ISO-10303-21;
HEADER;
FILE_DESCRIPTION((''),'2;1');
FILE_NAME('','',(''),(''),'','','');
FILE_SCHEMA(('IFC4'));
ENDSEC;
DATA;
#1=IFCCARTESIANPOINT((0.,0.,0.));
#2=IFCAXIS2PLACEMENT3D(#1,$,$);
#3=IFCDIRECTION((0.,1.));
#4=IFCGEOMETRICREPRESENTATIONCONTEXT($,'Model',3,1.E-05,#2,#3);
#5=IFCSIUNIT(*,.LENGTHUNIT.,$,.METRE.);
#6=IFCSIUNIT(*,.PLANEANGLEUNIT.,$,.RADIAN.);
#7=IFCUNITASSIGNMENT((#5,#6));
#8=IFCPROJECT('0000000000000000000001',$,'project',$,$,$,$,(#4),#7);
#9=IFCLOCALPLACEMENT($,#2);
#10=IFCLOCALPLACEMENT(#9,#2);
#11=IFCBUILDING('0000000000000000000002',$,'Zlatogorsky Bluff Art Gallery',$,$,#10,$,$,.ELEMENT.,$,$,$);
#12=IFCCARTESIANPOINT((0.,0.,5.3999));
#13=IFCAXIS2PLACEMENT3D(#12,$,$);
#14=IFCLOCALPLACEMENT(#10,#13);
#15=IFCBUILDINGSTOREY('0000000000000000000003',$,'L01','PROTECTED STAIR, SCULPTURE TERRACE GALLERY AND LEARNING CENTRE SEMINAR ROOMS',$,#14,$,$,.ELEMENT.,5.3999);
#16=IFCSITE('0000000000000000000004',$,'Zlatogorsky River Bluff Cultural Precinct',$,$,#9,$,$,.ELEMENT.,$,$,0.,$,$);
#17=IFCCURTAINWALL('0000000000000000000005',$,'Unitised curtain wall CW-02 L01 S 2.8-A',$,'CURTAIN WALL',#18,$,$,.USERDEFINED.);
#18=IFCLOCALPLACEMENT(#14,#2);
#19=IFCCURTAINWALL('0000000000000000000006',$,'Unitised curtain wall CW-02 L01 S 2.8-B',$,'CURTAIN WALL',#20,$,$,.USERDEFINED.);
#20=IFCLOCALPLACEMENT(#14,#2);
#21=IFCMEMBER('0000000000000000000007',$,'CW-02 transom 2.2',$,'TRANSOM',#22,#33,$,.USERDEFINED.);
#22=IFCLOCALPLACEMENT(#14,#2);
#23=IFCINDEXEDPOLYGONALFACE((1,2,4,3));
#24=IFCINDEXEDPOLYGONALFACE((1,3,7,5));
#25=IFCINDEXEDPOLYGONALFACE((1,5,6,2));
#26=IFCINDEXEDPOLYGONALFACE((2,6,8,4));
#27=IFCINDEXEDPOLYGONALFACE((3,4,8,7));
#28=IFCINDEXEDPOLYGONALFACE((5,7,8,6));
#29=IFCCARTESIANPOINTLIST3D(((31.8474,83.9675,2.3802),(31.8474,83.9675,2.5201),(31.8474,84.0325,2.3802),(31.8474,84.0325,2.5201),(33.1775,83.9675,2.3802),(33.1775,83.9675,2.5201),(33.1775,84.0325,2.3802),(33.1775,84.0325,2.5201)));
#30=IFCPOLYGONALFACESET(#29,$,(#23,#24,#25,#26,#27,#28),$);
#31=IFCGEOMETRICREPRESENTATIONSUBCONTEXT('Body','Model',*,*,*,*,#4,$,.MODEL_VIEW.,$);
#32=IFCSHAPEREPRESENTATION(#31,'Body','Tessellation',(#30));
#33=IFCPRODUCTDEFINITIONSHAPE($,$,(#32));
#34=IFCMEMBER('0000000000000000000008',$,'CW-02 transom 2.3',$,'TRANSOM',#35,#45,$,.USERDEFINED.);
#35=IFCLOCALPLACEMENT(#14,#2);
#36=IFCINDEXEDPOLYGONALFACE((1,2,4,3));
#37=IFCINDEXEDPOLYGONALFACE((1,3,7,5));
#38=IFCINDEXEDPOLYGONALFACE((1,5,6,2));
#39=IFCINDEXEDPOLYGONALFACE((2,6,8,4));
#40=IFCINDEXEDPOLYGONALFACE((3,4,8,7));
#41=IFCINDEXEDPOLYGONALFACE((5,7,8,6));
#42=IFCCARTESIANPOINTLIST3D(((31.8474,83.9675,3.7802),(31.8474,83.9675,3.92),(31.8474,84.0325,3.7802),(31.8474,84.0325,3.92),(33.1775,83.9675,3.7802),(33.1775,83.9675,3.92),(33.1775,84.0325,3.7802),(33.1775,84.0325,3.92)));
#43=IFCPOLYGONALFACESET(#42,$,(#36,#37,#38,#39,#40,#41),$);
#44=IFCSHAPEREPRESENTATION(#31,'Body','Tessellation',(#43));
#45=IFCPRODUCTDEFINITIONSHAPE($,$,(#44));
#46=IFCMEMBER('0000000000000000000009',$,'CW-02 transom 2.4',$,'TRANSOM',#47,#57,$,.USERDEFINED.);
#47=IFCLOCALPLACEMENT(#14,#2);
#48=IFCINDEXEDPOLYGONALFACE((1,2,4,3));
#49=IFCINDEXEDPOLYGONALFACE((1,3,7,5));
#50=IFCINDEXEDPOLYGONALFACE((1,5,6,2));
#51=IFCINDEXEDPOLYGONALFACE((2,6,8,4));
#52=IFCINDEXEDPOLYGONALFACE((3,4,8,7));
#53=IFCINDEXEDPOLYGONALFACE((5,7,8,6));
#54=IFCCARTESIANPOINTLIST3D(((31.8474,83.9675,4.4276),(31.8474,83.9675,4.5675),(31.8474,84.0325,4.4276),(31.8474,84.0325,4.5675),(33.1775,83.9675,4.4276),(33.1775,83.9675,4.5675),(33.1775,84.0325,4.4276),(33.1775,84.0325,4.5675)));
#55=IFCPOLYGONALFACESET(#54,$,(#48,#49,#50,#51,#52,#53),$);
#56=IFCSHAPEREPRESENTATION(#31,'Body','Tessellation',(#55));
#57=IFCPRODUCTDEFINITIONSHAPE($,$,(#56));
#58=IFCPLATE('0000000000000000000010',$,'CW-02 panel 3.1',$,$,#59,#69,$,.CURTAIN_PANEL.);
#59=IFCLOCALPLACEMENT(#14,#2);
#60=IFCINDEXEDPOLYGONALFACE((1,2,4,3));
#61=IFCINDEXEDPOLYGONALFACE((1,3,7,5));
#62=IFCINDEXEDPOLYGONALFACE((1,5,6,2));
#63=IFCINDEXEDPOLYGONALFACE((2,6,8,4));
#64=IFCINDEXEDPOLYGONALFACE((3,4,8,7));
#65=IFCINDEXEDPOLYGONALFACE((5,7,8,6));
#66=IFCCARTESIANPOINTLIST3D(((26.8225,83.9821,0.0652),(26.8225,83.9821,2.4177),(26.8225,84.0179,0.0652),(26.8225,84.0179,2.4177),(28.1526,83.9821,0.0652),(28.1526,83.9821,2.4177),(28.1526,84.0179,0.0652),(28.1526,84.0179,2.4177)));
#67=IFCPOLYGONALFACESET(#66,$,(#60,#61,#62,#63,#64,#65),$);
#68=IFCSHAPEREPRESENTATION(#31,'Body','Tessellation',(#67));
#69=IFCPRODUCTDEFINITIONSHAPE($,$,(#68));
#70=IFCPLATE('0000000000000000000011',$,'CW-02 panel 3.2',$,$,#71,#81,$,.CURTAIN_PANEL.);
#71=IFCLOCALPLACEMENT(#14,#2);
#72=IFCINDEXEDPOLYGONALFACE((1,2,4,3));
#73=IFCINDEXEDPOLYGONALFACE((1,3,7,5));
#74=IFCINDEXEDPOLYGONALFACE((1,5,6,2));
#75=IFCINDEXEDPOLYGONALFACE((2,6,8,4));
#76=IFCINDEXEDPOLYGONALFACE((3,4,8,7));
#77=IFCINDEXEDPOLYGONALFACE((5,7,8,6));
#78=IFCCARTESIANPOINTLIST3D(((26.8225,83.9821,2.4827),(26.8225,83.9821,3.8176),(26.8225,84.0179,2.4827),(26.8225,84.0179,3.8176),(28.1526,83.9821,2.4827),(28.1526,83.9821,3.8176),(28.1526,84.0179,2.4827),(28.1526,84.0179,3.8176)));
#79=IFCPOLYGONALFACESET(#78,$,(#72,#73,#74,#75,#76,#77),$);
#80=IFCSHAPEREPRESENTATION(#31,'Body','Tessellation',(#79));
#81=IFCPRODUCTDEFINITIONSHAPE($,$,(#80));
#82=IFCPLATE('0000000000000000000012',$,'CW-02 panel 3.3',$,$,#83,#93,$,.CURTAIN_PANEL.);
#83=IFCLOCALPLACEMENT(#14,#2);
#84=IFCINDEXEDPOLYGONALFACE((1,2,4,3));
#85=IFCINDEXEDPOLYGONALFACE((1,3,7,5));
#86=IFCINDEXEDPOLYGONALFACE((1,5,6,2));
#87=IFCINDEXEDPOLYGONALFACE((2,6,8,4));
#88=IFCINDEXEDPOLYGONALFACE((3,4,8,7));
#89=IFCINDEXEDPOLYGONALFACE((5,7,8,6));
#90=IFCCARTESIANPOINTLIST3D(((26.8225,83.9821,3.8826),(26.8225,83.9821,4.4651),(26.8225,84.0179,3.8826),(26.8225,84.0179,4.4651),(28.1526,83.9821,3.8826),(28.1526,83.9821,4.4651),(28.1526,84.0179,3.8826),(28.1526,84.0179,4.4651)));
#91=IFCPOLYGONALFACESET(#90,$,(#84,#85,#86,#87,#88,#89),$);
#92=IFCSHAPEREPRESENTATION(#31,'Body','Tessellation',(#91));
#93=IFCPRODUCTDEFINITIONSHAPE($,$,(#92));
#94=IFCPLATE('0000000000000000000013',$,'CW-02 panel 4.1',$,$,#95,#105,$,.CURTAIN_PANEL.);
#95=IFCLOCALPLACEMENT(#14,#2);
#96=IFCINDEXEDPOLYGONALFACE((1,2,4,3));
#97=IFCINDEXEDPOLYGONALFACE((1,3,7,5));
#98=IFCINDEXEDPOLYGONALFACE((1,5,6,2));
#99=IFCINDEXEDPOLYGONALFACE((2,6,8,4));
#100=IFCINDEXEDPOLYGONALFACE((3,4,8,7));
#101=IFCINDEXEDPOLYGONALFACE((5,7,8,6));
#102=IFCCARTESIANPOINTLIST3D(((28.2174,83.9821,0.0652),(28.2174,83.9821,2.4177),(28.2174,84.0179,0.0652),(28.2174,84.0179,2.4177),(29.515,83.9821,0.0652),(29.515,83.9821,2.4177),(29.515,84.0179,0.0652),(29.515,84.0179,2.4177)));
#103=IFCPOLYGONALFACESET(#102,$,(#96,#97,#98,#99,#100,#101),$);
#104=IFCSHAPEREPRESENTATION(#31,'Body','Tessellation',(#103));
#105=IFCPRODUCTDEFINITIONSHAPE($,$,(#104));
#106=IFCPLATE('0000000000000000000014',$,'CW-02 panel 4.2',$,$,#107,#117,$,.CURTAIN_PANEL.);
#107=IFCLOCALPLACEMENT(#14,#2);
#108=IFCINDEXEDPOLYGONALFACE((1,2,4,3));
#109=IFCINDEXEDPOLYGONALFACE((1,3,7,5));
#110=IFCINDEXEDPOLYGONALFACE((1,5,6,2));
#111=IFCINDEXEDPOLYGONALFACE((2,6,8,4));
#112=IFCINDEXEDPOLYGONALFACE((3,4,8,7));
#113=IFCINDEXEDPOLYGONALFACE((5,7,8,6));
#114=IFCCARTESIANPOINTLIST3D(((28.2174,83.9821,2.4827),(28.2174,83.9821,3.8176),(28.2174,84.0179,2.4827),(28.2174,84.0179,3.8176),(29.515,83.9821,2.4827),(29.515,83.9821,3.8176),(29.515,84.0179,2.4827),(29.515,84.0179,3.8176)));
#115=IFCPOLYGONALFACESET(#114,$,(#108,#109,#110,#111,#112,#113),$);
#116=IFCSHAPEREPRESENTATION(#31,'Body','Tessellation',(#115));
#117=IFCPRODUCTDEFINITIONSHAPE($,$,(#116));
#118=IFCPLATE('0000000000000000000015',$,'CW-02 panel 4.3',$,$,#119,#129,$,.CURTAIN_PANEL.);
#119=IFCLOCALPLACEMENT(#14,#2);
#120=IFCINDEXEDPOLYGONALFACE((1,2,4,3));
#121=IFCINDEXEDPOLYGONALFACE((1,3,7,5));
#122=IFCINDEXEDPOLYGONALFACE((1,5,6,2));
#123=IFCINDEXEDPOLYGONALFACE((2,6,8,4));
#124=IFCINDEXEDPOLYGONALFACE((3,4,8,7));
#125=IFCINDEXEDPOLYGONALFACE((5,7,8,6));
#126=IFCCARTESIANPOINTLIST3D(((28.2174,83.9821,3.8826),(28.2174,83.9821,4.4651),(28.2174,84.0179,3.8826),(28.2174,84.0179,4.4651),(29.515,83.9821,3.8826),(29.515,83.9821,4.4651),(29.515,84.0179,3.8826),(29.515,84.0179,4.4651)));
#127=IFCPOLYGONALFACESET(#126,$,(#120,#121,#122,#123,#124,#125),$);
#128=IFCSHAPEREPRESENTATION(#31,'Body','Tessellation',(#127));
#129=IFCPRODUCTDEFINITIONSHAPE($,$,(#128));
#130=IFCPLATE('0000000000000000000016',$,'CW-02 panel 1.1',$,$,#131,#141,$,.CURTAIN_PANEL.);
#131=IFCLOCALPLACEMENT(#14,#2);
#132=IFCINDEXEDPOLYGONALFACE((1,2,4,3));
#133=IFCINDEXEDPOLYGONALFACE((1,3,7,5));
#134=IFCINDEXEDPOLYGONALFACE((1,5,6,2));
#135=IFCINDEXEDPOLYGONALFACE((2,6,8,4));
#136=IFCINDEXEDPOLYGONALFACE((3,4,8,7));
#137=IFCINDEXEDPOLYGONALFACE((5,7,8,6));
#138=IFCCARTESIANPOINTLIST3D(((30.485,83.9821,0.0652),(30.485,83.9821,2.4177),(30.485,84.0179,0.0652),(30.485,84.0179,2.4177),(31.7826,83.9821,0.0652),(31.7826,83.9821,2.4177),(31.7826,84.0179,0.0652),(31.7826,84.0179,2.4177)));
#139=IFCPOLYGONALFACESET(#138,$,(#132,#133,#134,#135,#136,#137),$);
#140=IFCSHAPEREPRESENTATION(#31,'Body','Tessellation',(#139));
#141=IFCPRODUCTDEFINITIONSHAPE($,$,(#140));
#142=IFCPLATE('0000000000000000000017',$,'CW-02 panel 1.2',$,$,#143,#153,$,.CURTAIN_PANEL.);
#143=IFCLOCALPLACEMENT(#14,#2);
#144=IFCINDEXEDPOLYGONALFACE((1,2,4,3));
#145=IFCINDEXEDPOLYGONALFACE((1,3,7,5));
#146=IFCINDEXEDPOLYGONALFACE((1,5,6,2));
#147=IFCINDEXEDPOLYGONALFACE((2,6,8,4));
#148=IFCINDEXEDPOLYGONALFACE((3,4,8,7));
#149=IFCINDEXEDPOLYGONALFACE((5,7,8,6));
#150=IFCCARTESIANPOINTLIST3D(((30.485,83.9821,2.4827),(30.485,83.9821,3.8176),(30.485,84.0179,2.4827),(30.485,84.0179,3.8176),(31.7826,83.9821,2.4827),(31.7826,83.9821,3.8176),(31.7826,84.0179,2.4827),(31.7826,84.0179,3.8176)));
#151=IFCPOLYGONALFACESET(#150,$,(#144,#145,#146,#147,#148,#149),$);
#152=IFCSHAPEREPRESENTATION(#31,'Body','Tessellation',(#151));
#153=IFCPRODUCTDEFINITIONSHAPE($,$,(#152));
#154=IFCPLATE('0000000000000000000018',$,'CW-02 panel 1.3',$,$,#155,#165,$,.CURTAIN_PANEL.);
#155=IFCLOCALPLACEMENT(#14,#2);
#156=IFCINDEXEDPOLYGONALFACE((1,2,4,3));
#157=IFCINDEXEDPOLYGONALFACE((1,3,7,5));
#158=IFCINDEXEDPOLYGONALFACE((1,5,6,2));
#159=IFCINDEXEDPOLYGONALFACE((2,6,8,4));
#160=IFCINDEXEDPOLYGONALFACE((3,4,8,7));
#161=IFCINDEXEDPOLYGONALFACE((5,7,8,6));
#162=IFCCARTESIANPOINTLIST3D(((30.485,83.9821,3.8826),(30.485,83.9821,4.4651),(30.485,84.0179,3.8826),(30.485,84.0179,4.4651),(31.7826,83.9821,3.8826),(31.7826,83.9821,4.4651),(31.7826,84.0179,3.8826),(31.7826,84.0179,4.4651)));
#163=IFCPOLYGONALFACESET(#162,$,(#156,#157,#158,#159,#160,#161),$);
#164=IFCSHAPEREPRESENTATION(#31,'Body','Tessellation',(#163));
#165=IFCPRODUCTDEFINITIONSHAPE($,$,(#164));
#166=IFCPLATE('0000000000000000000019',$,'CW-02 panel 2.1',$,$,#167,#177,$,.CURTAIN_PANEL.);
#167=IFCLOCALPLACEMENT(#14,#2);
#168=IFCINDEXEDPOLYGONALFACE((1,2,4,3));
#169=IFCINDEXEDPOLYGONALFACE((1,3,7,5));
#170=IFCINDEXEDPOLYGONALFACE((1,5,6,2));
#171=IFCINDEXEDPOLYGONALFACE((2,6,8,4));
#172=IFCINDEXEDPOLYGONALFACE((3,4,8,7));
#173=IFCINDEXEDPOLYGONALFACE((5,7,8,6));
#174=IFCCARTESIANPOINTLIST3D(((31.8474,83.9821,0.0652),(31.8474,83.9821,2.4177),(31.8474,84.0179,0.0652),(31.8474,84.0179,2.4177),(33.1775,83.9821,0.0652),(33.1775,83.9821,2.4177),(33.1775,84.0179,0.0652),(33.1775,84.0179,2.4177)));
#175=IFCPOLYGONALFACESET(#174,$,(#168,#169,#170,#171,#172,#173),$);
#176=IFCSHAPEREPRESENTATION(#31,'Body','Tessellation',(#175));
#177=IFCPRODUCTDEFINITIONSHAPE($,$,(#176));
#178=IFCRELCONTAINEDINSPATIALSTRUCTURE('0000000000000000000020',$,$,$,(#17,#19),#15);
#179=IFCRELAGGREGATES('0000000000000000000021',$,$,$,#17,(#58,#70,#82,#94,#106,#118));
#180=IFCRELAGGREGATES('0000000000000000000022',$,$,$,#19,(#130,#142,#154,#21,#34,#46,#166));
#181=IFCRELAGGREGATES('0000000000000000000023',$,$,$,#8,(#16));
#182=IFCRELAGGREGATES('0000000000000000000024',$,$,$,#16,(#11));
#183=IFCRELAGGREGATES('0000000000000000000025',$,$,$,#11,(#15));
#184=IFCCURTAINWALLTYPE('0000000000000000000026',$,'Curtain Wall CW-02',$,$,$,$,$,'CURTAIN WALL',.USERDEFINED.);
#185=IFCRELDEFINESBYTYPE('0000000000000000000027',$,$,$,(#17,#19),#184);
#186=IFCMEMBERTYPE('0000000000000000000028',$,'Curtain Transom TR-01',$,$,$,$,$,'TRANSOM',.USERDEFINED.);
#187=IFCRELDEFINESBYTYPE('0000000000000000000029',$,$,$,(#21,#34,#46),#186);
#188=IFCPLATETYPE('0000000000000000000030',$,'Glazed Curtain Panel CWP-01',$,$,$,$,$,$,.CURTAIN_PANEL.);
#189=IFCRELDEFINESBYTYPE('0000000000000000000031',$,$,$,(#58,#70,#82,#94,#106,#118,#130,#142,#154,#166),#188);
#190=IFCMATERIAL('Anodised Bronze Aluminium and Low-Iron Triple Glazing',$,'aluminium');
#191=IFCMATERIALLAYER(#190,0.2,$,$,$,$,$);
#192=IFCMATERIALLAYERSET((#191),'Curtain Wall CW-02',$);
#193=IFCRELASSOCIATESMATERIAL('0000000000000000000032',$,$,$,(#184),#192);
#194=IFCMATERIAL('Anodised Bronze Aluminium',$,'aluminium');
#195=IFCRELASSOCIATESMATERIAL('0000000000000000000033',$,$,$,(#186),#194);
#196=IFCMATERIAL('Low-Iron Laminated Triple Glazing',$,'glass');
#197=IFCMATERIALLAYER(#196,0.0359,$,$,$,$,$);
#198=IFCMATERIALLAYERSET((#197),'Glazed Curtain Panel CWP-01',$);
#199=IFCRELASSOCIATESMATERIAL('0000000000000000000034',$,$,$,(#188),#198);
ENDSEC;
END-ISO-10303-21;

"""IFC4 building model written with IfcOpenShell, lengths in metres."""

from ifc_helpers import new_model, si_unit, direction, frame, origin, origin_2d, place, context, subcontext, project, spatial, rectangle, extrude, material, layer, layer_set, material_profile, profile_set, type_object, element, aggregate, save


model = new_model("IFC4")

# Units and contexts
model_context = context("Model", 3, precision=1e-05, world=origin(), true_north=direction((0.0, 1.0)))
body_context = subcontext(model_context, "Body", "Model", "MODEL_VIEW")
ifc_project = project(units=[si_unit("LENGTHUNIT", "METRE"), si_unit("PLANEANGLEUNIT", "RADIAN")], contexts=[model_context])

# Site, building, storey
site_placement = place(None, origin())
site = spatial("IfcSite", under=ifc_project, at=site_placement, Name="Zlatogorsky River Bluff Cultural Precinct", CompositionType="ELEMENT", RefElevation=0.0)
building_placement = place(site_placement, origin())
building = spatial("IfcBuilding", under=site, at=building_placement, Name="Zlatogorsky Bluff Art Gallery", CompositionType="ELEMENT")
storey_placement = place(building_placement, frame((0.0, 0.0, 5.3999)))
storey = spatial("IfcBuildingStorey", under=building, at=storey_placement, Name="L01", Description="PROTECTED STAIR, SCULPTURE TERRACE GALLERY AND LEARNING CENTRE SEMINAR ROOMS", CompositionType="ELEMENT", Elevation=5.3999)

# Curtain walls
ifc_material_1 = material(Name="Anodised Bronze Aluminium and Low-Iron Triple Glazing", Category="aluminium")
ifc_layer_1 = layer(ifc_material_1, 0.2)
ifc_layer_set_1 = layer_set([ifc_layer_1], Name="Curtain Wall CW-02")
curtain_wall_type = type_object("IfcCurtainWallType", Name="Curtain Wall CW-02", ElementType="CURTAIN WALL", PredefinedType="USERDEFINED", material=ifc_layer_set_1)
curtain_wall_1_placement = place(storey_placement, origin())
curtain_wall_1 = element("IfcCurtainWall", 1, at=curtain_wall_1_placement, inside=storey, type_object=curtain_wall_type, Name="Unitised curtain wall CW-02 L01 S 2.8-A", ObjectType="CURTAIN WALL", PredefinedType="USERDEFINED")
ifc_material_2 = material(Name="Anodised Bronze Aluminium", Category="aluminium")
curtain_wall_2_placement = place(storey_placement, origin())
curtain_wall_2 = element("IfcCurtainWall", 2, at=curtain_wall_2_placement, inside=storey, type_object=curtain_wall_type, Name="Unitised curtain wall CW-02 L01 S 2.8-B", ObjectType="CURTAIN WALL", PredefinedType="USERDEFINED")

# Members
ifc_material_profile_1 = material_profile(ifc_material_2, rectangle(XDim=0.0649, YDim=0.1399, at=origin_2d()), Name="ALU TRANSOM 65x140")
ifc_profile_set_1 = profile_set([ifc_material_profile_1], Name="Anodised Bronze Aluminium")
member_type_1 = type_object("IfcMemberType", Name="Curtain Transom TR-01", ElementType="TRANSOM", PredefinedType="USERDEFINED", material=ifc_profile_set_1)
member_1_placement = place(storey_placement, frame((31.8474, 84.0, 2.4502), z_axis=(1.0, 0.0, 0.0), x_axis=(0.0, 1.0, 0.0)))
member_1 = element("IfcMember", 3, at=member_1_placement, type_object=member_type_1, Name="CW-02 transom 2.2", ObjectType="TRANSOM", PredefinedType="USERDEFINED", context=body_context, shape_type="SweptSolid", body=[
    extrude(rectangle(XDim=0.0649, YDim=0.1399, at=origin_2d()), origin(), (0.0, 0.0, 1.0), 1.3301),
])
member_2_placement = place(storey_placement, frame((31.8474, 84.0, 3.8501), z_axis=(1.0, 0.0, 0.0), x_axis=(0.0, 1.0, 0.0)))
member_2 = element("IfcMember", 4, at=member_2_placement, type_object=member_type_1, Name="CW-02 transom 2.3", ObjectType="TRANSOM", PredefinedType="USERDEFINED", context=body_context, shape_type="SweptSolid", body=[
    extrude(rectangle(XDim=0.0649, YDim=0.1399, at=origin_2d()), origin(), (0.0, 0.0, 1.0), 1.3301),
])
member_3_placement = place(storey_placement, frame((31.8474, 84.0, 4.4976), z_axis=(1.0, 0.0, 0.0), x_axis=(0.0, 1.0, 0.0)))
member_3 = element("IfcMember", 5, at=member_3_placement, type_object=member_type_1, Name="CW-02 transom 2.4", ObjectType="TRANSOM", PredefinedType="USERDEFINED", context=body_context, shape_type="SweptSolid", body=[
    extrude(rectangle(XDim=0.0649, YDim=0.1399, at=origin_2d()), origin(), (0.0, 0.0, 1.0), 1.3301),
])

# Plates
ifc_material_3 = material(Name="Low-Iron Laminated Triple Glazing", Category="glass")
ifc_layer_2 = layer(ifc_material_3, 0.0359)
ifc_layer_set_2 = layer_set([ifc_layer_2], Name="Glazed Curtain Panel CWP-01")
plate_type = type_object("IfcPlateType", Name="Glazed Curtain Panel CWP-01", PredefinedType="CURTAIN_PANEL", material=ifc_layer_set_2)
plate_1_placement = place(storey_placement, frame((27.4875, 84.0, 0.0652), z_axis=(0.0, 0.0, 1.0), x_axis=(1.0, 0.0, 0.0)))
plate_1 = element("IfcPlate", 6, at=plate_1_placement, type_object=plate_type, Name="CW-02 panel 3.1", PredefinedType="CURTAIN_PANEL", context=body_context, shape_type="SweptSolid", body=[
    extrude(rectangle(XDim=1.3301, YDim=0.0359, at=origin_2d()), origin(), (0.0, 0.0, 1.0), 2.3525),
])
plate_2_placement = place(storey_placement, frame((27.4875, 84.0, 2.4827), z_axis=(0.0, 0.0, 1.0), x_axis=(1.0, 0.0, 0.0)))
plate_2 = element("IfcPlate", 7, at=plate_2_placement, type_object=plate_type, Name="CW-02 panel 3.2", PredefinedType="CURTAIN_PANEL", context=body_context, shape_type="SweptSolid", body=[
    extrude(rectangle(XDim=1.3301, YDim=0.0359, at=origin_2d()), origin(), (0.0, 0.0, 1.0), 1.335),
])
plate_3_placement = place(storey_placement, frame((27.4875, 84.0, 3.8826), z_axis=(0.0, 0.0, 1.0), x_axis=(1.0, 0.0, 0.0)))
plate_3 = element("IfcPlate", 8, at=plate_3_placement, type_object=plate_type, Name="CW-02 panel 3.3", PredefinedType="CURTAIN_PANEL", context=body_context, shape_type="SweptSolid", body=[
    extrude(rectangle(XDim=1.3301, YDim=0.0359, at=origin_2d()), origin(), (0.0, 0.0, 1.0), 0.5825),
])
plate_4_placement = place(storey_placement, frame((28.8662, 84.0, 0.0652), z_axis=(0.0, 0.0, 1.0), x_axis=(1.0, 0.0, 0.0)))
plate_4 = element("IfcPlate", 9, at=plate_4_placement, type_object=plate_type, Name="CW-02 panel 4.1", PredefinedType="CURTAIN_PANEL", context=body_context, shape_type="SweptSolid", body=[
    extrude(rectangle(XDim=1.2976, YDim=0.0359, at=origin_2d()), origin(), (0.0, 0.0, 1.0), 2.3525),
])
plate_5_placement = place(storey_placement, frame((28.8662, 84.0, 2.4827), z_axis=(0.0, 0.0, 1.0), x_axis=(1.0, 0.0, 0.0)))
plate_5 = element("IfcPlate", 10, at=plate_5_placement, type_object=plate_type, Name="CW-02 panel 4.2", PredefinedType="CURTAIN_PANEL", context=body_context, shape_type="SweptSolid", body=[
    extrude(rectangle(XDim=1.2976, YDim=0.0359, at=origin_2d()), origin(), (0.0, 0.0, 1.0), 1.335),
])
plate_6_placement = place(storey_placement, frame((28.8662, 84.0, 3.8826), z_axis=(0.0, 0.0, 1.0), x_axis=(1.0, 0.0, 0.0)))
plate_6 = element("IfcPlate", 11, at=plate_6_placement, type_object=plate_type, Name="CW-02 panel 4.3", PredefinedType="CURTAIN_PANEL", context=body_context, shape_type="SweptSolid", body=[
    extrude(rectangle(XDim=1.2976, YDim=0.0359, at=origin_2d()), origin(), (0.0, 0.0, 1.0), 0.5825),
])
aggregate(curtain_wall_1, [plate_1, plate_2, plate_3, plate_4, plate_5, plate_6])
plate_7_placement = place(storey_placement, frame((31.1338, 84.0, 0.0652), z_axis=(0.0, 0.0, 1.0), x_axis=(1.0, 0.0, 0.0)))
plate_7 = element("IfcPlate", 12, at=plate_7_placement, type_object=plate_type, Name="CW-02 panel 1.1", PredefinedType="CURTAIN_PANEL", context=body_context, shape_type="SweptSolid", body=[
    extrude(rectangle(XDim=1.2976, YDim=0.0359, at=origin_2d()), origin(), (0.0, 0.0, 1.0), 2.3525),
])
plate_8_placement = place(storey_placement, frame((31.1338, 84.0, 2.4827), z_axis=(0.0, 0.0, 1.0), x_axis=(1.0, 0.0, 0.0)))
plate_8 = element("IfcPlate", 13, at=plate_8_placement, type_object=plate_type, Name="CW-02 panel 1.2", PredefinedType="CURTAIN_PANEL", context=body_context, shape_type="SweptSolid", body=[
    extrude(rectangle(XDim=1.2976, YDim=0.0359, at=origin_2d()), origin(), (0.0, 0.0, 1.0), 1.335),
])
plate_9_placement = place(storey_placement, frame((31.1338, 84.0, 3.8826), z_axis=(0.0, 0.0, 1.0), x_axis=(1.0, 0.0, 0.0)))
plate_9 = element("IfcPlate", 14, at=plate_9_placement, type_object=plate_type, Name="CW-02 panel 1.3", PredefinedType="CURTAIN_PANEL", context=body_context, shape_type="SweptSolid", body=[
    extrude(rectangle(XDim=1.2976, YDim=0.0359, at=origin_2d()), origin(), (0.0, 0.0, 1.0), 0.5825),
])
plate_10_placement = place(storey_placement, frame((32.5125, 84.0, 0.0652), z_axis=(0.0, 0.0, 1.0), x_axis=(1.0, 0.0, 0.0)))
plate_10 = element("IfcPlate", 15, at=plate_10_placement, type_object=plate_type, Name="CW-02 panel 2.1", PredefinedType="CURTAIN_PANEL", context=body_context, shape_type="SweptSolid", body=[
    extrude(rectangle(XDim=1.3301, YDim=0.0359, at=origin_2d()), origin(), (0.0, 0.0, 1.0), 2.3525),
])
aggregate(curtain_wall_2, [plate_7, plate_8, plate_9, member_1, member_2, member_3, plate_10])

save(model, "model.ifc")
